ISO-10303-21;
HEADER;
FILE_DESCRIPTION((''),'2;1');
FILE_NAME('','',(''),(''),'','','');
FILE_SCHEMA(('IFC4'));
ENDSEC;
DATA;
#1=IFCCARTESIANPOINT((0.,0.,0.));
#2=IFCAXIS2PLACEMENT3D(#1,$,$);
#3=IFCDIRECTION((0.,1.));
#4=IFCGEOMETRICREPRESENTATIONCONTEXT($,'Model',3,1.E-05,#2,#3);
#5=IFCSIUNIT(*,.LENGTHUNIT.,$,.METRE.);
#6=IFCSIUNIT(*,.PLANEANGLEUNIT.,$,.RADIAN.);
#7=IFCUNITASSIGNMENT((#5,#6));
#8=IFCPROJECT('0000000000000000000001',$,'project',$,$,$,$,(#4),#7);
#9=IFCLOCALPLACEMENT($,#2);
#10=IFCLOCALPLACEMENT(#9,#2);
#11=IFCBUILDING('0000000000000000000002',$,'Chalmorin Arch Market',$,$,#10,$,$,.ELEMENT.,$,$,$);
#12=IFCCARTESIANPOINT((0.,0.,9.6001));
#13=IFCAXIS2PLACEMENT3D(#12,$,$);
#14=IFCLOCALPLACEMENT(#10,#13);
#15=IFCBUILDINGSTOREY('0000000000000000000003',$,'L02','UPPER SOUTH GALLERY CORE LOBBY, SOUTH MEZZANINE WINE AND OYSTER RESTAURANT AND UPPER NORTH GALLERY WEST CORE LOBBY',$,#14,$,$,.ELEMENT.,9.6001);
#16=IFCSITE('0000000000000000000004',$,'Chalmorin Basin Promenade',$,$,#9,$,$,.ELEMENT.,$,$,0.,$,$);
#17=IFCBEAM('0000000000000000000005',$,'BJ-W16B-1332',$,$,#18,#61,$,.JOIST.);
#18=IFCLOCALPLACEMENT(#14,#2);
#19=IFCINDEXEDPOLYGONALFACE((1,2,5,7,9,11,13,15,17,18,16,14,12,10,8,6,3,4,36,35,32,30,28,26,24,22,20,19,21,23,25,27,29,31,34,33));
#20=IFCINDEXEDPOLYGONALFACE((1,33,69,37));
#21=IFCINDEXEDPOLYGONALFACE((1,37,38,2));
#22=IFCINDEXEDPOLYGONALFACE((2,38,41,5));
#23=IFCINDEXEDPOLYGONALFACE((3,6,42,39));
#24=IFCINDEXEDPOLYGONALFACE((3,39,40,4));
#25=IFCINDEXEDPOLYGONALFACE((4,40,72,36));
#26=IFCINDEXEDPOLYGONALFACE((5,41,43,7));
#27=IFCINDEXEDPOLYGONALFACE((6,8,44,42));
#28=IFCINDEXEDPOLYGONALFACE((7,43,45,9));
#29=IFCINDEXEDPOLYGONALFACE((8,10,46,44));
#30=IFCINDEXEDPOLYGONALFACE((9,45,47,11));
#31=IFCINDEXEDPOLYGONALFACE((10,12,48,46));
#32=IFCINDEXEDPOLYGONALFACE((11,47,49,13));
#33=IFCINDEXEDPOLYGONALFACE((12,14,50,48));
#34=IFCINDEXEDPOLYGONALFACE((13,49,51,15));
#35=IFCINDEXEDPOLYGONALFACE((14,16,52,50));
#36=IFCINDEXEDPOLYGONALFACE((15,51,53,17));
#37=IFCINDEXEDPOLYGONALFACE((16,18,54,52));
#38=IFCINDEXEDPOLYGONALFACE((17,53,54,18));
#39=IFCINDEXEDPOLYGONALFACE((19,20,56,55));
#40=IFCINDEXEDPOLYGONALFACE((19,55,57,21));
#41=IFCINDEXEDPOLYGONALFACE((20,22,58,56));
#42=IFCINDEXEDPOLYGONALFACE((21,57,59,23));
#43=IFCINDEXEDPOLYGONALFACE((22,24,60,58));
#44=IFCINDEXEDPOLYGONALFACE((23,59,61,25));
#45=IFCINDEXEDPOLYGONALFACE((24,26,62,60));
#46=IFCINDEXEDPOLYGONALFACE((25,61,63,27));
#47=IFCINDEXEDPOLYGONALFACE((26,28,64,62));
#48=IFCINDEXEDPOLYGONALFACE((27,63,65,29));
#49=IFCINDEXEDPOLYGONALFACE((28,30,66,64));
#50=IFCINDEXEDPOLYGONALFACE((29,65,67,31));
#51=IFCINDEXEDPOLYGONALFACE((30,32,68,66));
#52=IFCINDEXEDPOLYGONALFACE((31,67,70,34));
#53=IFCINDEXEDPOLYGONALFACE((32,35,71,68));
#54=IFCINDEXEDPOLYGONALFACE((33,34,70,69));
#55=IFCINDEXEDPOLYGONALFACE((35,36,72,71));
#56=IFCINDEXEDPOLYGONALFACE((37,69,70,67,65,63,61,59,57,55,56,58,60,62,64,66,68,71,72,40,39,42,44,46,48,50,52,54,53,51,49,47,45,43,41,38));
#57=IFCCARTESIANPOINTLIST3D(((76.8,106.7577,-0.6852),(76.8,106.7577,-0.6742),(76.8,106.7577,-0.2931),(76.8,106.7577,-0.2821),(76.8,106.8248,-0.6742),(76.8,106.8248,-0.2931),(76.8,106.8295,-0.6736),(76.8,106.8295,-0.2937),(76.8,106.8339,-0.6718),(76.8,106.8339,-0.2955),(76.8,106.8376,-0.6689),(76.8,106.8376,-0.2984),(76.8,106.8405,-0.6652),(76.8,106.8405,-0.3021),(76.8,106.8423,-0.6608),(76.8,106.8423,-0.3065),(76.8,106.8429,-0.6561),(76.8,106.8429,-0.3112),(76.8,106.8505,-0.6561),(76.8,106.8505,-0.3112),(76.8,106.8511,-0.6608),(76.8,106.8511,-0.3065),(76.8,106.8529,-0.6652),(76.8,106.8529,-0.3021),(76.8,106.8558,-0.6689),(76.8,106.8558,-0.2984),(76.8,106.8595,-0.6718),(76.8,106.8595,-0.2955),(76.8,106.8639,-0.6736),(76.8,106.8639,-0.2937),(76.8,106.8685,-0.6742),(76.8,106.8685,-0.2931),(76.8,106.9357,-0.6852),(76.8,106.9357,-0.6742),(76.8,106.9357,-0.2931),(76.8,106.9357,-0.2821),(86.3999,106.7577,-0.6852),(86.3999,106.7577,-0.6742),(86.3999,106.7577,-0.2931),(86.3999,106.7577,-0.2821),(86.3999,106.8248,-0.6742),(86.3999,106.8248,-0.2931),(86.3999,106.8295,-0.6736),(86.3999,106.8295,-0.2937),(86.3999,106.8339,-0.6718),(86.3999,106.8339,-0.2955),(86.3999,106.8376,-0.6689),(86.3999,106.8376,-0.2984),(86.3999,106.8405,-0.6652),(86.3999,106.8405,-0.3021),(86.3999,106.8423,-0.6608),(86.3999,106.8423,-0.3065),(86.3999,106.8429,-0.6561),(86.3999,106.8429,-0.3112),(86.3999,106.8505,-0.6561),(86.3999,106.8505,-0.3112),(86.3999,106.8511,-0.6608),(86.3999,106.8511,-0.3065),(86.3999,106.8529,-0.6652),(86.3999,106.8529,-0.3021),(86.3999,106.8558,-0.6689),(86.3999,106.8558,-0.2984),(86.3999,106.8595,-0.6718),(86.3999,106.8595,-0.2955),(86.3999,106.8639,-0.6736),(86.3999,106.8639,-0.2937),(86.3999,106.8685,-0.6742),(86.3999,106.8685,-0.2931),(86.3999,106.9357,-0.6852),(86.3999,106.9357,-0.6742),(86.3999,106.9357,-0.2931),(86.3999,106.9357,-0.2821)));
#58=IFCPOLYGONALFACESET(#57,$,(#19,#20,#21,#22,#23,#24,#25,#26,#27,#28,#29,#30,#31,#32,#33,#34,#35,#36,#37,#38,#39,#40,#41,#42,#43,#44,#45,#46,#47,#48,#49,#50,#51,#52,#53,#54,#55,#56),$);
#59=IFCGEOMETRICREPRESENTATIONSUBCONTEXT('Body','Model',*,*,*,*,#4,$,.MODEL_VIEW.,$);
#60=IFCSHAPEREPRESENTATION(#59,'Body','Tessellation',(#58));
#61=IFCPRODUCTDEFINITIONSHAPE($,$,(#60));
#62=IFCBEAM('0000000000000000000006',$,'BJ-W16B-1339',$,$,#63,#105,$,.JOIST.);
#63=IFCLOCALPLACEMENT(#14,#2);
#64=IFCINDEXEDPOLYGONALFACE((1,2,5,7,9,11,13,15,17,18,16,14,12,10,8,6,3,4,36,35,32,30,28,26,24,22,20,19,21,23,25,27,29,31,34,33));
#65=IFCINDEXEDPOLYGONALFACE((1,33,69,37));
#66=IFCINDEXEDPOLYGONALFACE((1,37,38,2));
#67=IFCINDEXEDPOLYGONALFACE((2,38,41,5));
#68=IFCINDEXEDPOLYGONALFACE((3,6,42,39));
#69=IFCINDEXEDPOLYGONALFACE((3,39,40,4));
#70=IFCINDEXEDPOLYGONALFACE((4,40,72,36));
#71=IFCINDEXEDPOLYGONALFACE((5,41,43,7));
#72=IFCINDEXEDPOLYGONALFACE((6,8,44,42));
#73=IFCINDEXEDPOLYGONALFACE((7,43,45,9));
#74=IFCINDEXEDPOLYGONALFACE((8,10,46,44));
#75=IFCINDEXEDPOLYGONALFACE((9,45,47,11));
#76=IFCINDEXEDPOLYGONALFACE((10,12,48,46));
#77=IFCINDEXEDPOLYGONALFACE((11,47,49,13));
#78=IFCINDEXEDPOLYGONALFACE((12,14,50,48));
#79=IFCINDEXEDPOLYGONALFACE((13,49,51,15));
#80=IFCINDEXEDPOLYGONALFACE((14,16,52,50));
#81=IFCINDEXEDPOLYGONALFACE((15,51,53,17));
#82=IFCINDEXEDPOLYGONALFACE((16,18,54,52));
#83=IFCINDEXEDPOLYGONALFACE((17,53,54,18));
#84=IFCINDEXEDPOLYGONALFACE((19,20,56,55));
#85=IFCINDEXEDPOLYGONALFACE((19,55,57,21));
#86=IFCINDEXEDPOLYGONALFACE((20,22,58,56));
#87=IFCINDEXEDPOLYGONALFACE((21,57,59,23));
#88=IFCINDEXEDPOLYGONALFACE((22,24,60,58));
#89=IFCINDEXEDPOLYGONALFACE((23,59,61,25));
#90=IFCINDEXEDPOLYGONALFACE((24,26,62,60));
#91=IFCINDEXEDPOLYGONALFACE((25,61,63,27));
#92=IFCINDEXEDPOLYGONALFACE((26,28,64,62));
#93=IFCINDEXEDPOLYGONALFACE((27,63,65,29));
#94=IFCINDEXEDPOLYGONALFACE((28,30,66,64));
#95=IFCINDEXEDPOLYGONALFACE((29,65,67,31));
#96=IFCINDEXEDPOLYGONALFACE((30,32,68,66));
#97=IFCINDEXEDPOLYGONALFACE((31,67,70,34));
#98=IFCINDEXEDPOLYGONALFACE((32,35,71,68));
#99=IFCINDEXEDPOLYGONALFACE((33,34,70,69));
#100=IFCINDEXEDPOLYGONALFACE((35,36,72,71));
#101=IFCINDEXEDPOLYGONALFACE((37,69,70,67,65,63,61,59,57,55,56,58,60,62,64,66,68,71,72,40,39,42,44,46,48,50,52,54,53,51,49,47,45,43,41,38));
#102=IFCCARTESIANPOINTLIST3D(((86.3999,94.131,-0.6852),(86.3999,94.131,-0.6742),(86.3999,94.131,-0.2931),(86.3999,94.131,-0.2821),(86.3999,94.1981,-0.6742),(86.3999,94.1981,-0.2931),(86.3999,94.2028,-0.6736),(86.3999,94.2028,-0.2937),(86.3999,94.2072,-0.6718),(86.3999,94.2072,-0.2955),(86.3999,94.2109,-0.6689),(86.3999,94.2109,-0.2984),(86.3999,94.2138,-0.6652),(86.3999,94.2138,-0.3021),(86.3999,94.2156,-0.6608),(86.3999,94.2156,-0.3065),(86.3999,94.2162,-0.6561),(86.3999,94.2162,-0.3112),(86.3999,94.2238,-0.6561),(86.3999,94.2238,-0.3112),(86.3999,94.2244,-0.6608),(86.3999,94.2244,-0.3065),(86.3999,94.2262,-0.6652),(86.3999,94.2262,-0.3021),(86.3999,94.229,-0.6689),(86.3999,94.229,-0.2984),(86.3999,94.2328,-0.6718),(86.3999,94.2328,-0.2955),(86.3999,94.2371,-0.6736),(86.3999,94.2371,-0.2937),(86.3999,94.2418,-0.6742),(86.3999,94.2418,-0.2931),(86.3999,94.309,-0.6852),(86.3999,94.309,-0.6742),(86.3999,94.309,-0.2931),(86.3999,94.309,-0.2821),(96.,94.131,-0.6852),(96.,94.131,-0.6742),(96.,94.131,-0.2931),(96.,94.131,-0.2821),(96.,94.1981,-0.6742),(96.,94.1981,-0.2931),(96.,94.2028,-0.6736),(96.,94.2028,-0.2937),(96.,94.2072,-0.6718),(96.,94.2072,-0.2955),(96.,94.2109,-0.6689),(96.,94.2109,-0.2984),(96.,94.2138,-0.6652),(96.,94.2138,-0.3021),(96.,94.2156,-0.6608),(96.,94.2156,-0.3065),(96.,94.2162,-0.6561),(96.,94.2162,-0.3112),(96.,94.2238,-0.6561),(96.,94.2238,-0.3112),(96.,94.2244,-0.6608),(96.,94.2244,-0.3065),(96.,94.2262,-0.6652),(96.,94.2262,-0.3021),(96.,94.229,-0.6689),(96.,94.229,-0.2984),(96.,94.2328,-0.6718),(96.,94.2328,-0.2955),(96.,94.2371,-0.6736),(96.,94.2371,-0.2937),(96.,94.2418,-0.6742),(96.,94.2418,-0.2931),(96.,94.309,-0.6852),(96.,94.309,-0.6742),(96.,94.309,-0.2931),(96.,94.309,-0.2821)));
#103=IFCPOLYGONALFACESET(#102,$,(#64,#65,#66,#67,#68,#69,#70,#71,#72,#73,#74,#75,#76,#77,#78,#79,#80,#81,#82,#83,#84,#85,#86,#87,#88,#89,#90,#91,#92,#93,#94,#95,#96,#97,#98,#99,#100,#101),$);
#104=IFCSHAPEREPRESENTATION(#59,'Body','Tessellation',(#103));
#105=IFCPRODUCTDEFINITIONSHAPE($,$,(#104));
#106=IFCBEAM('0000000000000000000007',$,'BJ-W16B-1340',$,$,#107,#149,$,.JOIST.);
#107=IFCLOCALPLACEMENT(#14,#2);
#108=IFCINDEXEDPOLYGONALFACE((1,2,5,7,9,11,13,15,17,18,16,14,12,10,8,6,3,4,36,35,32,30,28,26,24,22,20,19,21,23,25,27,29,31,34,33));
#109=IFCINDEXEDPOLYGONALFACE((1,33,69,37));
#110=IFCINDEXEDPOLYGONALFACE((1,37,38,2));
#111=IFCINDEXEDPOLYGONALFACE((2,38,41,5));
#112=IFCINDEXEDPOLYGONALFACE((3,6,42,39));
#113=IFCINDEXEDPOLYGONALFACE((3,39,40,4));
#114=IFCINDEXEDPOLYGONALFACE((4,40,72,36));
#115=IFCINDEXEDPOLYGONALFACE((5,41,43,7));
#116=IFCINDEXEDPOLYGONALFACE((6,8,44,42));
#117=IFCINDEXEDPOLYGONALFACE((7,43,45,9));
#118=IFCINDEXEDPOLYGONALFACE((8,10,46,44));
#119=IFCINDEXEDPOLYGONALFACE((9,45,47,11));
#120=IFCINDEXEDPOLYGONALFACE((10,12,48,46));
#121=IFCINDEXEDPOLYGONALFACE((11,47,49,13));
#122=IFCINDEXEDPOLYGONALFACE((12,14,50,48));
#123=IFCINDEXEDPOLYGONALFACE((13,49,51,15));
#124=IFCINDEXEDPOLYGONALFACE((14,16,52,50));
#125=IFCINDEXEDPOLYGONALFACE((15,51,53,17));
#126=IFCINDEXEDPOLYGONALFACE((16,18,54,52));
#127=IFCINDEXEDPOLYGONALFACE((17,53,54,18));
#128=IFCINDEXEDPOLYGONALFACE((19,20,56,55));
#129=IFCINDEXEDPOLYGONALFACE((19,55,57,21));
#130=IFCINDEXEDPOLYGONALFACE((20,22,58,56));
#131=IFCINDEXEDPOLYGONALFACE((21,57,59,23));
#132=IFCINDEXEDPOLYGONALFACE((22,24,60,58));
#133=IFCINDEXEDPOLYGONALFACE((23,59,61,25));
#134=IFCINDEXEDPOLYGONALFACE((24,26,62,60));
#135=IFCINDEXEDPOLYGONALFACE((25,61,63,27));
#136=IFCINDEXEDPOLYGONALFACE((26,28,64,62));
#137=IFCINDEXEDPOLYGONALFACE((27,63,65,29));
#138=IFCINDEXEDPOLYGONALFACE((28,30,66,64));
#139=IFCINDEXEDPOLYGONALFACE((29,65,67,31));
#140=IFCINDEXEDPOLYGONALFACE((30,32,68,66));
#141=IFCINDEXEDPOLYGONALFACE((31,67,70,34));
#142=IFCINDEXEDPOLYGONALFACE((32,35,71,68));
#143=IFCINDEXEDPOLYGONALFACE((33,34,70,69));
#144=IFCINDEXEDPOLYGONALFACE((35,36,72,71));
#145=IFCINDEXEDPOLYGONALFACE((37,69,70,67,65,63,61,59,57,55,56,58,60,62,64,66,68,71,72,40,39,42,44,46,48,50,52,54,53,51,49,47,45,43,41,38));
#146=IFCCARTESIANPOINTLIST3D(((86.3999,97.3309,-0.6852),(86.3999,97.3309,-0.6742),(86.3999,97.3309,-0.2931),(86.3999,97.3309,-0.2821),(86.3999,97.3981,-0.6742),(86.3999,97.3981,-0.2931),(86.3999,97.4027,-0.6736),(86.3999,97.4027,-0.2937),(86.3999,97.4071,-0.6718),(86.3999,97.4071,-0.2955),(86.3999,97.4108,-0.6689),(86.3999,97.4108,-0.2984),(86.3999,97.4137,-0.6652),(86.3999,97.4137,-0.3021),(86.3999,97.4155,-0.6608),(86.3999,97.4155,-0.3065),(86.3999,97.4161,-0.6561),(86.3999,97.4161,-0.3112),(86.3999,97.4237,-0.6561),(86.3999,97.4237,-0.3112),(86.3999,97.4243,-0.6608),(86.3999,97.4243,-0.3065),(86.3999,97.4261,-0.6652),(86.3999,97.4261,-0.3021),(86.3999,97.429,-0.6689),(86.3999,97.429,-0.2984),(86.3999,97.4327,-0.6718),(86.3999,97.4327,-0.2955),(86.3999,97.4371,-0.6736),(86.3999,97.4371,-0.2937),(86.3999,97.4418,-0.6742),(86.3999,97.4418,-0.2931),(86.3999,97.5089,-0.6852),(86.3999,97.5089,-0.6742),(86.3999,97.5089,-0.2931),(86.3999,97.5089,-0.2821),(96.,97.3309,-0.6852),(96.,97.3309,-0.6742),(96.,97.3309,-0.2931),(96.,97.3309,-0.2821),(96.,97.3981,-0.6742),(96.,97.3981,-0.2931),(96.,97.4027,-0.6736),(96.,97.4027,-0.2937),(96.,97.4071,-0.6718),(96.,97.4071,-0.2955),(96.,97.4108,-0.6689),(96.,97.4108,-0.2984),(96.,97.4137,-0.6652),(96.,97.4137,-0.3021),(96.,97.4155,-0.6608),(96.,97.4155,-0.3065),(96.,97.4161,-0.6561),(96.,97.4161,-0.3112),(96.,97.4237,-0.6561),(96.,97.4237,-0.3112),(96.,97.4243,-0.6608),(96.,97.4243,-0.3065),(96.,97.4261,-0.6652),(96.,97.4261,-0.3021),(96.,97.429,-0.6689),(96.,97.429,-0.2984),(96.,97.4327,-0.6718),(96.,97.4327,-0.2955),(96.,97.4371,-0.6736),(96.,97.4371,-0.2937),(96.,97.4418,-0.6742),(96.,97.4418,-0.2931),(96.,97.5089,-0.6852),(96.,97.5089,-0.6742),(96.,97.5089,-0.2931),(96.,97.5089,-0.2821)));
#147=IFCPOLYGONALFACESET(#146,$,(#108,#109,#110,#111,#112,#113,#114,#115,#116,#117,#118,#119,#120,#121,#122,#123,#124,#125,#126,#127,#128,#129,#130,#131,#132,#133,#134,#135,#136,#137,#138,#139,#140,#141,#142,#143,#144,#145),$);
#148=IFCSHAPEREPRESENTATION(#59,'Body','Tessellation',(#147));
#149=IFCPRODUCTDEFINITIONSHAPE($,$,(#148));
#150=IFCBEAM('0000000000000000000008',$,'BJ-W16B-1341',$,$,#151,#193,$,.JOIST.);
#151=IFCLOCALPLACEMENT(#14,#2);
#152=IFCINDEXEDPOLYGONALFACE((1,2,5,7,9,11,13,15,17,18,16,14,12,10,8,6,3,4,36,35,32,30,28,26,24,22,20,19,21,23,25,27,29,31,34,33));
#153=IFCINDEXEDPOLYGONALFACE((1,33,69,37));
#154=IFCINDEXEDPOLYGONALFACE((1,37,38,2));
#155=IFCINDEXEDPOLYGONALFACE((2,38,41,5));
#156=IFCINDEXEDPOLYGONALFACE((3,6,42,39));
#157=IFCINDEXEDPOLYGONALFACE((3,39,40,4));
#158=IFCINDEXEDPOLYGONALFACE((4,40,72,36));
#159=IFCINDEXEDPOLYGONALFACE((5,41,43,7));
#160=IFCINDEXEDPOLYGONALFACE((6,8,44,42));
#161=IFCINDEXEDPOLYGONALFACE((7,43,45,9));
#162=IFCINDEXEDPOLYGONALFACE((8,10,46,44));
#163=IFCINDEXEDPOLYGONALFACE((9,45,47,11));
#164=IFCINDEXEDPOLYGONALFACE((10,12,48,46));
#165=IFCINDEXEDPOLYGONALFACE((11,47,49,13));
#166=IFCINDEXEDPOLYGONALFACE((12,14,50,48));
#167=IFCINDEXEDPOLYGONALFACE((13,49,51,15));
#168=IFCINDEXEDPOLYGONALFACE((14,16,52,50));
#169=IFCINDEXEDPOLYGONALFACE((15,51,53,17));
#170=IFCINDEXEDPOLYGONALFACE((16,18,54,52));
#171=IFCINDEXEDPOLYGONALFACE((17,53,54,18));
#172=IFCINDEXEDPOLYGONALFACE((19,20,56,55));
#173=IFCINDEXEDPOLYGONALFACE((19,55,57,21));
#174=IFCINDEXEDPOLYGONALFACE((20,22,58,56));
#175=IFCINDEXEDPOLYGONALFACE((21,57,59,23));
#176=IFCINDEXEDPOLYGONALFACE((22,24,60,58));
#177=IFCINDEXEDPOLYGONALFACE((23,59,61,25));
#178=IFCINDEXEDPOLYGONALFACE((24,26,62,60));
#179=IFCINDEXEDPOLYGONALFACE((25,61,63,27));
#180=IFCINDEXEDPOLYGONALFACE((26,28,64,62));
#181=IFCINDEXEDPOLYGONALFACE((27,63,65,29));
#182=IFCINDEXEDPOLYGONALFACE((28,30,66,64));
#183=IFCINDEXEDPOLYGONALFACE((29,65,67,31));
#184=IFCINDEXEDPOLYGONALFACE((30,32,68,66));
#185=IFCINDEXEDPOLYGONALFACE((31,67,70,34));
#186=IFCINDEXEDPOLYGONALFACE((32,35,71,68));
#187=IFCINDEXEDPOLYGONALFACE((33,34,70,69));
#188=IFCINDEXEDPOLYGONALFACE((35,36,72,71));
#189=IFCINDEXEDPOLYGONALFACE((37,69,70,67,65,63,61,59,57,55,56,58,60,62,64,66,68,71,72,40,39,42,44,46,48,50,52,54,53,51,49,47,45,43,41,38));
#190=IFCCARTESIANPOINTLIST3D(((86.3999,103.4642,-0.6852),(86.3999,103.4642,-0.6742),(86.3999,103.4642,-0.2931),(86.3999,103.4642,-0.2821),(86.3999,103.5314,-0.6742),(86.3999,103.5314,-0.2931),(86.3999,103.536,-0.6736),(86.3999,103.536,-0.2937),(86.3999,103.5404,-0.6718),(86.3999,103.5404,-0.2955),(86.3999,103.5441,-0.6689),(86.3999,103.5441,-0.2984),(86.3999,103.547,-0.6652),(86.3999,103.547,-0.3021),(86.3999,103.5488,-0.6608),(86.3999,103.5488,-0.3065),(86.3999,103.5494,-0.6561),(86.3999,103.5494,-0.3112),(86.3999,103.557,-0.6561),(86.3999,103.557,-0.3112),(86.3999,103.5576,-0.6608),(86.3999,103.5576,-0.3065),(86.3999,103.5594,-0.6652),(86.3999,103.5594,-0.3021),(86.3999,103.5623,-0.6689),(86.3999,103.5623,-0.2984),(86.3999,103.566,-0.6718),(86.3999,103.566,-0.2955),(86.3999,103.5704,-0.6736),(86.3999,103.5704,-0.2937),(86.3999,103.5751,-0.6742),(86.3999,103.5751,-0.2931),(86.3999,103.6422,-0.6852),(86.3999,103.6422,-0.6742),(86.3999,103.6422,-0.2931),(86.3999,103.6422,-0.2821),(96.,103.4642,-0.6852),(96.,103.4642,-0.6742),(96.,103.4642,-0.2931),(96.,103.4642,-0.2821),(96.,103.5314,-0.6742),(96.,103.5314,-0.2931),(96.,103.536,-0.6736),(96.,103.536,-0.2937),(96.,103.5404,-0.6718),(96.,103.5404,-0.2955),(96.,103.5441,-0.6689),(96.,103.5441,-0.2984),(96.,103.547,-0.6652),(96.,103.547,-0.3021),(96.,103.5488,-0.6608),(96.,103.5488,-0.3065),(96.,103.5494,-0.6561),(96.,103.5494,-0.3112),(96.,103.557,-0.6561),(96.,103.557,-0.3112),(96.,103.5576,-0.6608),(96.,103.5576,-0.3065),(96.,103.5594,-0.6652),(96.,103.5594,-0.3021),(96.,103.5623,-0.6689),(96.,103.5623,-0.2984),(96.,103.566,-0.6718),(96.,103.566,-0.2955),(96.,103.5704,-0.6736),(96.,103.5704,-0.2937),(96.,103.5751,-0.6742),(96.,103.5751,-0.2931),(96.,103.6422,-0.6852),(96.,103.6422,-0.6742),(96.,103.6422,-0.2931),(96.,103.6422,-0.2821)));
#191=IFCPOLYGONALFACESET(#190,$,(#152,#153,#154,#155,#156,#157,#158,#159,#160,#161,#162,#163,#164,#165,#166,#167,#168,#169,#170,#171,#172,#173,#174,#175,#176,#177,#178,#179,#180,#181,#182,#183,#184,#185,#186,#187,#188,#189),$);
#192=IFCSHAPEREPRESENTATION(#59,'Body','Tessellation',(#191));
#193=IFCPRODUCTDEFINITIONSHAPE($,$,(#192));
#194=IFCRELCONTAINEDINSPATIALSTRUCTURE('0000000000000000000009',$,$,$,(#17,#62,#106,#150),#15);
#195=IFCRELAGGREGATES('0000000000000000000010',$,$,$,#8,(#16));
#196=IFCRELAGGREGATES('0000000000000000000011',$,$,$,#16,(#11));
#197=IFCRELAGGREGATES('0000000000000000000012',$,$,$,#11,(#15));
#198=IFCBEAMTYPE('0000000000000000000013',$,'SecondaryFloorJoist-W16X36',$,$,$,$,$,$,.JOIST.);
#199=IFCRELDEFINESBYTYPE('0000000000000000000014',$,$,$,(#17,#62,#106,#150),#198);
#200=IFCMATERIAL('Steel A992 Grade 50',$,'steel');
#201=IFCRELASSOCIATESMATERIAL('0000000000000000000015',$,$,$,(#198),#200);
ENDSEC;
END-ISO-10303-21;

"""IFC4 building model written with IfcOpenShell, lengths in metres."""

from ifc_helpers import new_model, si_unit, direction, frame, origin, origin_2d, place, context, subcontext, project, spatial, i_section, extrude, material, material_profile, profile_set, type_object, element, save


model = new_model("IFC4")

# Units and contexts
model_context = context("Model", 3, precision=1e-05, world=origin(), true_north=direction((0.0, 1.0)))
body_context = subcontext(model_context, "Body", "Model", "MODEL_VIEW")
ifc_project = project(units=[si_unit("LENGTHUNIT", "METRE"), si_unit("PLANEANGLEUNIT", "RADIAN")], contexts=[model_context])

# Site, building, storey
site_placement = place(None, origin())
site = spatial("IfcSite", under=ifc_project, at=site_placement, Name="Chalmorin Basin Promenade", CompositionType="ELEMENT", RefElevation=0.0)
building_placement = place(site_placement, origin())
building = spatial("IfcBuilding", under=site, at=building_placement, Name="Chalmorin Arch Market", CompositionType="ELEMENT")
storey_placement = place(building_placement, frame((0.0, 0.0, 9.6001)))
storey = spatial("IfcBuildingStorey", under=building, at=storey_placement, Name="L02", Description="UPPER SOUTH GALLERY CORE LOBBY, SOUTH MEZZANINE WINE AND OYSTER RESTAURANT AND UPPER NORTH GALLERY WEST CORE LOBBY", CompositionType="ELEMENT", Elevation=9.6001)

# Beams
ifc_material_1 = material(Name="Steel A992 Grade 50", Category="steel")
ifc_material_profile_1 = material_profile(ifc_material_1, i_section(OverallWidth=0.178, OverallDepth=0.4031, WebThickness=0.0076, FlangeThickness=0.011, FilletRadius=0.0181, at=origin_2d()), Name="W16X36")
ifc_profile_set_1 = profile_set([ifc_material_profile_1], Name="Steel A992 Grade 50")
beam_type_1 = type_object("IfcBeamType", Name="SecondaryFloorJoist-W16X36", PredefinedType="JOIST", material=ifc_profile_set_1)
for number, where, z_axis, x_axis, name in (
    (1, (76.8, 106.8467, -0.4836), (1.0, 0.0, 0.0), (0.0, 1.0, 0.0), "BJ-W16B-1332"),
):
    element("IfcBeam", number, at=place(storey_placement, frame(where, z_axis=z_axis, x_axis=x_axis)), inside=storey, type_object=beam_type_1, Name=name, PredefinedType="JOIST", context=body_context, shape_type="SweptSolid", body=[
        extrude(i_section(OverallWidth=0.178, OverallDepth=0.4031, WebThickness=0.0076, FlangeThickness=0.011, FilletRadius=0.0181, at=origin_2d()), origin(), (0.0, 0.0, 1.0), 9.5999),
    ])
for number, where, z_axis, x_axis, name in (
    (2, (86.3999, 94.22, -0.4836), (1.0, 0.0, 0.0), (0.0, 1.0, 0.0), "BJ-W16B-1339"),
    (3, (86.3999, 97.4199, -0.4836), (1.0, 0.0, 0.0), (0.0, 1.0, 0.0), "BJ-W16B-1340"),
    (4, (86.3999, 103.5532, -0.4836), (1.0, 0.0, 0.0), (0.0, 1.0, 0.0), "BJ-W16B-1341"),
):
    element("IfcBeam", number, at=place(storey_placement, frame(where, z_axis=z_axis, x_axis=x_axis)), inside=storey, type_object=beam_type_1, Name=name, PredefinedType="JOIST", context=body_context, shape_type="SweptSolid", body=[
        extrude(i_section(OverallWidth=0.178, OverallDepth=0.4031, WebThickness=0.0076, FlangeThickness=0.011, FilletRadius=0.0181, at=origin_2d()), origin(), (0.0, 0.0, 1.0), 9.6001),
    ])

save(model, "model.ifc")
